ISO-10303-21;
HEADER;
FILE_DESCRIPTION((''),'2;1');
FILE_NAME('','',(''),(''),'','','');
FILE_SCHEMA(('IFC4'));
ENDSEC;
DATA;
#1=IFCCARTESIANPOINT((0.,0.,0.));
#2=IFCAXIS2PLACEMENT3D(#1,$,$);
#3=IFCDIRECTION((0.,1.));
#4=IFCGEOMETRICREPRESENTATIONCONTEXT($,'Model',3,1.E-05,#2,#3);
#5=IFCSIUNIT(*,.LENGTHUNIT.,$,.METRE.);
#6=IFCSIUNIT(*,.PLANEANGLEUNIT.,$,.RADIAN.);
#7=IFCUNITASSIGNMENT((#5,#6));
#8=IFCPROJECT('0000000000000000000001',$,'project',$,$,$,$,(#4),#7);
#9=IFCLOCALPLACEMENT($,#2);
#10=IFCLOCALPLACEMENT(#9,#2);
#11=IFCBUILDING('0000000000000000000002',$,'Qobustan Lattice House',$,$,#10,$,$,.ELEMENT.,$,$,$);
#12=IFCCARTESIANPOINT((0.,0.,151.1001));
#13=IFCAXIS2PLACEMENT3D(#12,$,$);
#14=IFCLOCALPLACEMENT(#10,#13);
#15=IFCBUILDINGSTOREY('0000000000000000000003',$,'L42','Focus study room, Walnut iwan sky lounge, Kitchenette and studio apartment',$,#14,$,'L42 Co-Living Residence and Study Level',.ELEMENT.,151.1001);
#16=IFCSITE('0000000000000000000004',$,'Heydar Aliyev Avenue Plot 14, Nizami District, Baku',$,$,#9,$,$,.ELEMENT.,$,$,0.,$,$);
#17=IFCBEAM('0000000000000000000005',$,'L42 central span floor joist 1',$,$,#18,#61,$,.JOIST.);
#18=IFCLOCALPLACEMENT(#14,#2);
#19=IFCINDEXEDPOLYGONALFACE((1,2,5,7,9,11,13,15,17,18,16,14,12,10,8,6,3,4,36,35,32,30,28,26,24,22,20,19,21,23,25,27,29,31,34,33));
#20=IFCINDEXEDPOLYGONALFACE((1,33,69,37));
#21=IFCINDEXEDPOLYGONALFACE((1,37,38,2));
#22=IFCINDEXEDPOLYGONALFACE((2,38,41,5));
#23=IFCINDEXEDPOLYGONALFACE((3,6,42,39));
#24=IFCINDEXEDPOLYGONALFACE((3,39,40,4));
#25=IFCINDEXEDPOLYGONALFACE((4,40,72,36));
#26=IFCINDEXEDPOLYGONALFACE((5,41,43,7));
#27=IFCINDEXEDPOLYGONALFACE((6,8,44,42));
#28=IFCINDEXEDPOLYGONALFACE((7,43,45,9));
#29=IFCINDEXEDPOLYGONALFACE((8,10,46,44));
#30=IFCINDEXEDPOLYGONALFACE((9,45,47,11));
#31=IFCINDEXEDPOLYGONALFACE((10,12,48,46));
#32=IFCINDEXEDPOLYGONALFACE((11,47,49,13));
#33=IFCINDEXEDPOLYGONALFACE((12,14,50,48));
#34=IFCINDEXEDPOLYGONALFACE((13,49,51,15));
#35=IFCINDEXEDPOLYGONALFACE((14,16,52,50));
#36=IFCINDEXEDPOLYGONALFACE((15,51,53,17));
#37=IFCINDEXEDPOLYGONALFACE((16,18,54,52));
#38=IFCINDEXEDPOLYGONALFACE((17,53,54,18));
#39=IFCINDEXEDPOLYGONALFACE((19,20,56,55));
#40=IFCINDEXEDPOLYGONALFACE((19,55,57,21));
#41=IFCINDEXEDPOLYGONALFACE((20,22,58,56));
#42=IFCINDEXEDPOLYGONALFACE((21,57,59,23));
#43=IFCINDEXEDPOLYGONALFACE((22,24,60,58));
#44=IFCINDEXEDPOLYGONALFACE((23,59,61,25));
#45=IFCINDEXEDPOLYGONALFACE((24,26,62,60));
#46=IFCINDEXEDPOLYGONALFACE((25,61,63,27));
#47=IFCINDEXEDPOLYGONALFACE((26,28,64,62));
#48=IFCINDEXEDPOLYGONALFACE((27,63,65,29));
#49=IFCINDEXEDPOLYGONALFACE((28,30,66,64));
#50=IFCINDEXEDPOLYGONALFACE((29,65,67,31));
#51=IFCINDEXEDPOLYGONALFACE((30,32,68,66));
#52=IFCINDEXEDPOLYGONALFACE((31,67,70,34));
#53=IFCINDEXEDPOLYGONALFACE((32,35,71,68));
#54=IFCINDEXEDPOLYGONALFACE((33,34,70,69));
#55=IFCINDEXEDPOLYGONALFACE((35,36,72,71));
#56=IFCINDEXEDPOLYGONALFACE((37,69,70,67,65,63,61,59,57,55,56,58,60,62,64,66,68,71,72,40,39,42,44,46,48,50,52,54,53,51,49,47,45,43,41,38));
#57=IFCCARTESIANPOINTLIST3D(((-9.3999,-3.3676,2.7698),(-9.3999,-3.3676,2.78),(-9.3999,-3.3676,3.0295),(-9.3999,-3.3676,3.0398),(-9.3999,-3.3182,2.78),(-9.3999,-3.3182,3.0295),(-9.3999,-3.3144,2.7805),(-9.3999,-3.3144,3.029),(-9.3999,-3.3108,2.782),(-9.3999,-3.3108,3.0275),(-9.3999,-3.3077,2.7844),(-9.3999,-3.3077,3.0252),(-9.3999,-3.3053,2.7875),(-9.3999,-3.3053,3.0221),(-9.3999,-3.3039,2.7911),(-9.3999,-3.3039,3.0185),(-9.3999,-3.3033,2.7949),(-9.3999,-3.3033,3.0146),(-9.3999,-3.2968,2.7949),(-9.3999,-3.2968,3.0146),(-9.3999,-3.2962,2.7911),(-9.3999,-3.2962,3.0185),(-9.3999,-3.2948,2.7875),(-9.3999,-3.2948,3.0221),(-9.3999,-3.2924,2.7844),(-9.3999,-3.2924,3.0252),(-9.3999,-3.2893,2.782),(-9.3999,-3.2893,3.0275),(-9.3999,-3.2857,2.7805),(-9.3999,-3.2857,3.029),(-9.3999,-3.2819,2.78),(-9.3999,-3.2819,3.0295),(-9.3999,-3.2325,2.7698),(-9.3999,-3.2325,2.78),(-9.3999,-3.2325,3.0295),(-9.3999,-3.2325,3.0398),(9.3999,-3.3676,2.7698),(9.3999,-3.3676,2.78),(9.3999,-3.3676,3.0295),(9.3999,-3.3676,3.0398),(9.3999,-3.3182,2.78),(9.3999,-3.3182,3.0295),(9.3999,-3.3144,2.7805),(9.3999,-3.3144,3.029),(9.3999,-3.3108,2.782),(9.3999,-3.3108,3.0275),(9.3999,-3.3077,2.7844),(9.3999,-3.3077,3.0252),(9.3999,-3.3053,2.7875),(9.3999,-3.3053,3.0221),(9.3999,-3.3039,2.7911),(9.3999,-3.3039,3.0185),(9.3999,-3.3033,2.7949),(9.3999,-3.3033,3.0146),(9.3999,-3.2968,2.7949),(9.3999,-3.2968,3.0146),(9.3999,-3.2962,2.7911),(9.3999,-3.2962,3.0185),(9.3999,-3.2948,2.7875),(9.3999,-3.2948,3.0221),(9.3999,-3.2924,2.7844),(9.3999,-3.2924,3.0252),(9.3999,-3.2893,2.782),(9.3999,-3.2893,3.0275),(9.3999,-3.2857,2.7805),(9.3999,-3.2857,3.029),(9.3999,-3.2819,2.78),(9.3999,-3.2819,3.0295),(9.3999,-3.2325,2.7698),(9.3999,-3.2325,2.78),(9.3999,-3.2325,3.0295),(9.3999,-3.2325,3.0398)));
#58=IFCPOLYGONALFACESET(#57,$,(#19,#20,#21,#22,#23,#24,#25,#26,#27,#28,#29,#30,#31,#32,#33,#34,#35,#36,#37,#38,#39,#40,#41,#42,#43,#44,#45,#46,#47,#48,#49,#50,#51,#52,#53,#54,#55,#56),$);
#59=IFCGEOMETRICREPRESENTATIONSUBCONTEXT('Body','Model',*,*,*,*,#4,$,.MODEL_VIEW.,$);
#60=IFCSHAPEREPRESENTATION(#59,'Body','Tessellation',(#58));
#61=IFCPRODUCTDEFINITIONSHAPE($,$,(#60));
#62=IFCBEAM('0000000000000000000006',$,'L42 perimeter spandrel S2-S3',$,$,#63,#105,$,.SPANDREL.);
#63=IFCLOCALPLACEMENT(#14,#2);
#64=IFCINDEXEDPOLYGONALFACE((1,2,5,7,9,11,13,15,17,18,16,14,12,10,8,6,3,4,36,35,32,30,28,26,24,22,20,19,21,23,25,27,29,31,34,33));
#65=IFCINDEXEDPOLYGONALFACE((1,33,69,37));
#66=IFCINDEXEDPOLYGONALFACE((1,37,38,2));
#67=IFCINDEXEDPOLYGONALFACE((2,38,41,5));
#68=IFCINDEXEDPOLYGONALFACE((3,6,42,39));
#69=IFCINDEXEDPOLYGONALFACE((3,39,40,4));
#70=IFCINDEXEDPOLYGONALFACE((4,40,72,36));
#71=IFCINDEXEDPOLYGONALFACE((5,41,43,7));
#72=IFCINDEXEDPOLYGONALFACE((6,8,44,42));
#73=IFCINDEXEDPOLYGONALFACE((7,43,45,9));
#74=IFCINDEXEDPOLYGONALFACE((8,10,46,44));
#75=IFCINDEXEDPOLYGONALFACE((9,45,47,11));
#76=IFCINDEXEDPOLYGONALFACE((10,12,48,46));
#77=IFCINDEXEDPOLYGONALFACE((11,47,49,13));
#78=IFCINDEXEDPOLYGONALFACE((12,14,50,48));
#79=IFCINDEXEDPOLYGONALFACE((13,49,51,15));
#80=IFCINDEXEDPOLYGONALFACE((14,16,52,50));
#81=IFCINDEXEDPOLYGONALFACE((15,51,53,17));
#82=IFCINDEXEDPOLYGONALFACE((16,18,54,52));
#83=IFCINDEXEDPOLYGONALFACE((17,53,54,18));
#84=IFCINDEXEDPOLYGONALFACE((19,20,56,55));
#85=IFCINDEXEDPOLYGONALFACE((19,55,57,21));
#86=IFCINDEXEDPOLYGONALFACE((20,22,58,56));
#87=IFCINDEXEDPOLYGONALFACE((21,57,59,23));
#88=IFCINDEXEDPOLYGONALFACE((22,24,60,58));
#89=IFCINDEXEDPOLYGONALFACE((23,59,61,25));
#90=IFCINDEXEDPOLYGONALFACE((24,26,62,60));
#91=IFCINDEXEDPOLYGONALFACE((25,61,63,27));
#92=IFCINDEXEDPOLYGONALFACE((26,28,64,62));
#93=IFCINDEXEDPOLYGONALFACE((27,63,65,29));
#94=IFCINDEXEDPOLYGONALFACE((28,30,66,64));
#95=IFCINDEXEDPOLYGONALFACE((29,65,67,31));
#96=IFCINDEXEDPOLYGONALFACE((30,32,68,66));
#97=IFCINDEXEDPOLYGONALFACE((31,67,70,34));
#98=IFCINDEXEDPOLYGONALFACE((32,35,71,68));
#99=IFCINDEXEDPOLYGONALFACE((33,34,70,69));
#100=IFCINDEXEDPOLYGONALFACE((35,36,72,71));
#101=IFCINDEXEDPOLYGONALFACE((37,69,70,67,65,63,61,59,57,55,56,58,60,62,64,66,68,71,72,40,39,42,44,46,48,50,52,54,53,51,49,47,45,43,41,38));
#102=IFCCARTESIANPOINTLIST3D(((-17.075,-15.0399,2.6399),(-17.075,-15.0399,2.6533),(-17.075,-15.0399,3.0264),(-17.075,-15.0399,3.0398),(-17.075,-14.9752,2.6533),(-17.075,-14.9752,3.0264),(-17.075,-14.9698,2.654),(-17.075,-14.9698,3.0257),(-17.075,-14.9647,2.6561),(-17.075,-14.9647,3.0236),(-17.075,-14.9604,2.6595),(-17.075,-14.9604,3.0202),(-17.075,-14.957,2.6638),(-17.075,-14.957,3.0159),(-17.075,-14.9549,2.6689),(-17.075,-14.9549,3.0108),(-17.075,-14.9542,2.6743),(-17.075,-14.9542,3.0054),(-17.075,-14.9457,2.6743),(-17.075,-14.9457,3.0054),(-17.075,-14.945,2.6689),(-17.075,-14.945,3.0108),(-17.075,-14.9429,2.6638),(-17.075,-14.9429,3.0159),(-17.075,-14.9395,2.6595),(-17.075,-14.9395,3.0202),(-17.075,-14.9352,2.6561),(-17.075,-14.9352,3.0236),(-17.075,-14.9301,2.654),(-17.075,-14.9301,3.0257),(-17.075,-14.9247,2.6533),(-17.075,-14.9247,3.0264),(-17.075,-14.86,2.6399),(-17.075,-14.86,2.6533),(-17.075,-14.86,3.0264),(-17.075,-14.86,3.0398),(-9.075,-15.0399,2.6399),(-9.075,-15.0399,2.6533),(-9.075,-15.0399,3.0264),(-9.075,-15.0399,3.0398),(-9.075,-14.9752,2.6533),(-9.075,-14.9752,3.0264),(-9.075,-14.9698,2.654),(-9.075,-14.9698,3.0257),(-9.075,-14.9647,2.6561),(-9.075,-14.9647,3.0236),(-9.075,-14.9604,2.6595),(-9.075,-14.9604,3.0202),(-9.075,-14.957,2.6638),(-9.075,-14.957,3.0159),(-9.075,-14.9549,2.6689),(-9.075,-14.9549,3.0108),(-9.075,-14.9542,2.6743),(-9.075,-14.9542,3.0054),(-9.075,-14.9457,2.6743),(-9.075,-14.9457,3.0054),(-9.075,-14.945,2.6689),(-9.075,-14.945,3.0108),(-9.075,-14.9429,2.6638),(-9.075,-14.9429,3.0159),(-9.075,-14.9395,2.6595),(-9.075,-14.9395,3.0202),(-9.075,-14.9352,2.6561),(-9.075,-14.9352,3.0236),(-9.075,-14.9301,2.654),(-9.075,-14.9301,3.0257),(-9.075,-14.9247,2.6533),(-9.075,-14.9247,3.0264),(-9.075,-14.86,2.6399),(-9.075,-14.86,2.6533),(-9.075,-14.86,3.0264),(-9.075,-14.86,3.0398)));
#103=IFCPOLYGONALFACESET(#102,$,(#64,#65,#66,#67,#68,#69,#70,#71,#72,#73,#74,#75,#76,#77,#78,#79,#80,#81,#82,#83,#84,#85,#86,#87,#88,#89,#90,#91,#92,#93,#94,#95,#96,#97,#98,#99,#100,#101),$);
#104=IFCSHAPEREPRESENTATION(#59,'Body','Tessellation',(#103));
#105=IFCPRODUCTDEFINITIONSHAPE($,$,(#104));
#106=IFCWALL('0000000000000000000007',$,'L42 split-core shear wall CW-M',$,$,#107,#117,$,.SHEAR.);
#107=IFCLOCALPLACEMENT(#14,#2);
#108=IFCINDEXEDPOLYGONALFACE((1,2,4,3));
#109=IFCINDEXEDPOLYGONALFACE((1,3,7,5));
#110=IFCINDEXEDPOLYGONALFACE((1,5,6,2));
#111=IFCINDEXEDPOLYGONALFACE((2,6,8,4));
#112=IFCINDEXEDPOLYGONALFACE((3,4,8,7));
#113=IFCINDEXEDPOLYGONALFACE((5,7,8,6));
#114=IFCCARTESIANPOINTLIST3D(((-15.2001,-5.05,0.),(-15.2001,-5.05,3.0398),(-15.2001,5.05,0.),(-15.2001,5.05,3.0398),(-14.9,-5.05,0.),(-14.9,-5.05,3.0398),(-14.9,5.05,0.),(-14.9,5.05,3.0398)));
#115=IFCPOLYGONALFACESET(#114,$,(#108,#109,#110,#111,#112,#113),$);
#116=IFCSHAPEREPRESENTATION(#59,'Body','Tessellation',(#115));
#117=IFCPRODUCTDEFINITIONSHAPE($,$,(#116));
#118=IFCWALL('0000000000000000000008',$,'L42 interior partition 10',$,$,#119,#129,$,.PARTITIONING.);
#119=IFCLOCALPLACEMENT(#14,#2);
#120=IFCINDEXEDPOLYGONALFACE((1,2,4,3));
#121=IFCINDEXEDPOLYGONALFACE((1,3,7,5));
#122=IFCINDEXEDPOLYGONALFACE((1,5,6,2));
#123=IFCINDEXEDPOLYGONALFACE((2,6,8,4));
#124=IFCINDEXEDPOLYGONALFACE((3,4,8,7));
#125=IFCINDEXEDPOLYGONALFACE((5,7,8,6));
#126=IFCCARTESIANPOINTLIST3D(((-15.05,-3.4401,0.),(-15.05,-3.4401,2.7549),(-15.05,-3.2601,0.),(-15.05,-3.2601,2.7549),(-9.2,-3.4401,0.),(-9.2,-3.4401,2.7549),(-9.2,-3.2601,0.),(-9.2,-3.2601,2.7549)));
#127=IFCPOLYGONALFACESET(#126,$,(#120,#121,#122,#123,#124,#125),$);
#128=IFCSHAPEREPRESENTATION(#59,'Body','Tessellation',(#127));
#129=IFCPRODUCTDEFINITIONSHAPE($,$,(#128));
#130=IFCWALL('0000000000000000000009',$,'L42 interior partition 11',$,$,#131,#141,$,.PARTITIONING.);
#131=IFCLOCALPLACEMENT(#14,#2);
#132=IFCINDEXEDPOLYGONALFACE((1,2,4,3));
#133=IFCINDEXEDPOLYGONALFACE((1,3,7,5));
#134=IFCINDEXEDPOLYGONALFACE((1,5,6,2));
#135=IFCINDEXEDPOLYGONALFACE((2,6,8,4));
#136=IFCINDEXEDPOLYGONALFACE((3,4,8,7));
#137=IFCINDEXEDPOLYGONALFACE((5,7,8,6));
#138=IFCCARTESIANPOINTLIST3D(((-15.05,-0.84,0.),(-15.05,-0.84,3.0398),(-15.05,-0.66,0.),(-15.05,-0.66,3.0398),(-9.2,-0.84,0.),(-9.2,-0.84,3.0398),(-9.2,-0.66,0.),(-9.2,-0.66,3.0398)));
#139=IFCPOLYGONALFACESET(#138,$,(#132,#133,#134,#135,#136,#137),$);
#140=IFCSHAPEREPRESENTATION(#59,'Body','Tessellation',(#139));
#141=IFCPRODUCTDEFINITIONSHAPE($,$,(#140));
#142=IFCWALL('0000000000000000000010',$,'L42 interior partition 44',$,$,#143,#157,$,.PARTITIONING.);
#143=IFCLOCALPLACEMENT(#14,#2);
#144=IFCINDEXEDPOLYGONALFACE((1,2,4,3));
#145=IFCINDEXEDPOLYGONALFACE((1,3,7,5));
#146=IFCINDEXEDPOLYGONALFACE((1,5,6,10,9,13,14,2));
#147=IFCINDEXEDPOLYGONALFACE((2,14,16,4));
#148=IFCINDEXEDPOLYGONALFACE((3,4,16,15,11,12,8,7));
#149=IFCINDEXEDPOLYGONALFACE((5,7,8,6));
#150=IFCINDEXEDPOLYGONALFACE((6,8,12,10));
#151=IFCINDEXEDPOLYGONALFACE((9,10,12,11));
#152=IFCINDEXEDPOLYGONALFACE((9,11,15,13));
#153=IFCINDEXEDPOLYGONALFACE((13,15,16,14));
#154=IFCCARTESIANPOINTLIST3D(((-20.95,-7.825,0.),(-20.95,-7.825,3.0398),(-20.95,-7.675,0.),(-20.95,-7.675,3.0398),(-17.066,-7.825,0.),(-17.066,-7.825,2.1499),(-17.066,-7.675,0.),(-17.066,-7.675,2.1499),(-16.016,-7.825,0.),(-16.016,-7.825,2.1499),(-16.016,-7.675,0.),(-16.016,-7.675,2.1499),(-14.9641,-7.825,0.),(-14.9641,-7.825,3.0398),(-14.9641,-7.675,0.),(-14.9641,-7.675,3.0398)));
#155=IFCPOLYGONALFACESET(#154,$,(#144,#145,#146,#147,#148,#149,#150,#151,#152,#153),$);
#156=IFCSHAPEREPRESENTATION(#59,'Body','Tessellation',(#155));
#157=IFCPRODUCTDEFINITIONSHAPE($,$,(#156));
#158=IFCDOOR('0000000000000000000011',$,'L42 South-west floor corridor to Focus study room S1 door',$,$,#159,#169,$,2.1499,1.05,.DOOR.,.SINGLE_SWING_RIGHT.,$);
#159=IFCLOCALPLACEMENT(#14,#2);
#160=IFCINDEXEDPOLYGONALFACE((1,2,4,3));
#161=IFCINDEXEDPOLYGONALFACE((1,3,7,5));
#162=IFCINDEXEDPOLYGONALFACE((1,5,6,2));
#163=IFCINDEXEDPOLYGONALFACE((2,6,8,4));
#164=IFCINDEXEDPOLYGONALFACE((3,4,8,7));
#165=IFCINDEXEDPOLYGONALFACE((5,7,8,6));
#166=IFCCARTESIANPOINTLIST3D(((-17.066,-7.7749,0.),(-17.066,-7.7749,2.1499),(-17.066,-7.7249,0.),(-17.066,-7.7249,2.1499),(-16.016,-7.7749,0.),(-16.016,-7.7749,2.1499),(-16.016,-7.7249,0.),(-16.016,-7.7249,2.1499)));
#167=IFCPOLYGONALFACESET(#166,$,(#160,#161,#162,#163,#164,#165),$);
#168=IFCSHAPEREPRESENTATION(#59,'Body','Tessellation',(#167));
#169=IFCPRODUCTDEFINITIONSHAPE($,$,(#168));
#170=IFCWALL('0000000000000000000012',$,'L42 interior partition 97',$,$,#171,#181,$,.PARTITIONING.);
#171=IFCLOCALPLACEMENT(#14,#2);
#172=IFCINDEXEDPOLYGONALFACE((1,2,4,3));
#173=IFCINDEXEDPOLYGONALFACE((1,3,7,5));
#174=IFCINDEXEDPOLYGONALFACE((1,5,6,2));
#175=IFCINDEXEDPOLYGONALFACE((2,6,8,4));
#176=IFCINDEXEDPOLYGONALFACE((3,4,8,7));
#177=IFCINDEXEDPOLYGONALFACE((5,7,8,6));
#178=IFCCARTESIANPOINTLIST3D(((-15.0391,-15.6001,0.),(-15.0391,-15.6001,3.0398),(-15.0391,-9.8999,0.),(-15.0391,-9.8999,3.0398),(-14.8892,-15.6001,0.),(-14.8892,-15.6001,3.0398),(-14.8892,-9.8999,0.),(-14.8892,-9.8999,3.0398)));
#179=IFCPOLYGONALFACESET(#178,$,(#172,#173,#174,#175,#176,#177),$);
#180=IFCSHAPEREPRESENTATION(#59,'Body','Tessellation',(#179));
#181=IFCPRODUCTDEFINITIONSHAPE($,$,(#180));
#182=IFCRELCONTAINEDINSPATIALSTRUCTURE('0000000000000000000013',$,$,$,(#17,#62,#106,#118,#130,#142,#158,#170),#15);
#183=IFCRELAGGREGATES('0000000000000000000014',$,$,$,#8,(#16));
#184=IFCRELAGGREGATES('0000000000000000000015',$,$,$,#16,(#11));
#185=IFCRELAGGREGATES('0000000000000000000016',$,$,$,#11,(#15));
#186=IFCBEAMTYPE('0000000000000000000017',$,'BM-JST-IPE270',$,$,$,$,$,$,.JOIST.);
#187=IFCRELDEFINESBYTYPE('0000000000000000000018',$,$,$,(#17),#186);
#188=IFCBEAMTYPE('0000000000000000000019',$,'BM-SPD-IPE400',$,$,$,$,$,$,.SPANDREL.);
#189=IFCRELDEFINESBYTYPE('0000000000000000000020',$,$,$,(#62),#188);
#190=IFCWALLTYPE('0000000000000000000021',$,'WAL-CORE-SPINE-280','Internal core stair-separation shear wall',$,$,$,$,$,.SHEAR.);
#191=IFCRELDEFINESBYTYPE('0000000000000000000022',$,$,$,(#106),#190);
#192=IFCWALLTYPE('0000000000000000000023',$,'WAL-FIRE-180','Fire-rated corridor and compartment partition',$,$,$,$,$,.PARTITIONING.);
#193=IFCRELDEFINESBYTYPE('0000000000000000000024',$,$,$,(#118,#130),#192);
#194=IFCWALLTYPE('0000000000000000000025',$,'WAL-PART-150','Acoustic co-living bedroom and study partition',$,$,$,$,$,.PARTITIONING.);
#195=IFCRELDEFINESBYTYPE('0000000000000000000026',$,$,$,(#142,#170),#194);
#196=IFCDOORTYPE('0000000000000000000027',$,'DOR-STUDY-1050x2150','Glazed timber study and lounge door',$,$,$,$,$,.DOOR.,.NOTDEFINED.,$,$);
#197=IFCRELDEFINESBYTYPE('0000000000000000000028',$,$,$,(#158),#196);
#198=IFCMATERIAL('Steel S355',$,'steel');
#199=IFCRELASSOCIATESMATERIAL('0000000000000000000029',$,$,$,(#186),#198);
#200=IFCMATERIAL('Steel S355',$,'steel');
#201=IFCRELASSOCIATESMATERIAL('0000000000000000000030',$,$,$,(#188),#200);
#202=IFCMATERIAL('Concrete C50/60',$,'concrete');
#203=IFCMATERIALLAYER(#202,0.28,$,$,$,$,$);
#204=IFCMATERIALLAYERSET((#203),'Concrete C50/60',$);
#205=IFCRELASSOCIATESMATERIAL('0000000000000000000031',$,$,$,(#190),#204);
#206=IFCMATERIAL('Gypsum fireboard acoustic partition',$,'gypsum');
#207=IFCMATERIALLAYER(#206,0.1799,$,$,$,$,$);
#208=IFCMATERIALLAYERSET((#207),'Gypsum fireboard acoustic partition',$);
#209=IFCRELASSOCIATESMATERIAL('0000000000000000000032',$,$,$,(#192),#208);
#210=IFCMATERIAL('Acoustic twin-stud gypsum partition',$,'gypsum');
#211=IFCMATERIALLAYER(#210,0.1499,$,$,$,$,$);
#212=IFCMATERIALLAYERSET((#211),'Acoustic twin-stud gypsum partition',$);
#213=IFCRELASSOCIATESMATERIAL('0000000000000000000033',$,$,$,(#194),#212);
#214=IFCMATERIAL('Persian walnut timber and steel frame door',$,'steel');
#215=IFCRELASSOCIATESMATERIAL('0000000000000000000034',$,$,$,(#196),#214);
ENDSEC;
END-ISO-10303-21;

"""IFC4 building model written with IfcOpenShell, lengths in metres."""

from ifc_helpers import new_model, si_unit, direction, frame, frame_2d, origin, origin_2d, place, context, subcontext, project, spatial, rectangle, i_section, extrude, material, layer, layer_set, material_profile, profile_set, type_object, element, fill, save


model = new_model("IFC4")

# Units and contexts
model_context = context("Model", 3, precision=1e-05, world=origin(), true_north=direction((0.0, 1.0)))
body_context = subcontext(model_context, "Body", "Model", "MODEL_VIEW")
ifc_project = project(units=[si_unit("LENGTHUNIT", "METRE"), si_unit("PLANEANGLEUNIT", "RADIAN")], contexts=[model_context])

# Site, building, storey
site_placement = place(None, origin())
site = spatial("IfcSite", under=ifc_project, at=site_placement, Name="Heydar Aliyev Avenue Plot 14, Nizami District, Baku", CompositionType="ELEMENT", RefElevation=0.0)
building_placement = place(site_placement, origin())
building = spatial("IfcBuilding", under=site, at=building_placement, Name="Qobustan Lattice House", CompositionType="ELEMENT")
storey_placement = place(building_placement, frame((0.0, 0.0, 151.1001)))
storey = spatial("IfcBuildingStorey", under=building, at=storey_placement, Name="L42", Description="Focus study room, Walnut iwan sky lounge, Kitchenette and studio apartment", LongName="L42 Co-Living Residence and Study Level", CompositionType="ELEMENT", Elevation=151.1001)

# Beams
ifc_material_1 = material(Name="Steel S355", Category="steel")
ifc_material_profile_1 = material_profile(ifc_material_1, i_section(OverallWidth=0.135, OverallDepth=0.27, WebThickness=0.0066, FlangeThickness=0.0103, FilletRadius=0.0149, at=origin_2d()), Name="IPE270")
ifc_profile_set_1 = profile_set([ifc_material_profile_1], Name="Steel S355")
beam_type_1 = type_object("IfcBeamType", Name="BM-JST-IPE270", PredefinedType="JOIST", material=ifc_profile_set_1)
beam_1_placement = place(storey_placement, frame((-9.3999, -3.3, 2.9048), z_axis=(1.0, 0.0, 0.0), x_axis=(0.0, 1.0, 0.0)))
element("IfcBeam", 1, at=beam_1_placement, inside=storey, type_object=beam_type_1, Name="L42 central span floor joist 1", PredefinedType="JOIST", context=body_context, shape_type="SweptSolid", body=[
    extrude(i_section(OverallWidth=0.135, OverallDepth=0.27, WebThickness=0.0066, FlangeThickness=0.0103, FilletRadius=0.0149, at=origin_2d()), origin(), (0.0, 0.0, 1.0), 18.7998),
])
ifc_material_2 = material(Name="Steel S355", Category="steel")
ifc_material_profile_2 = material_profile(ifc_material_2, i_section(OverallWidth=0.1799, OverallDepth=0.3999, WebThickness=0.0085, FlangeThickness=0.0134, FilletRadius=0.021, at=origin_2d()), Name="IPE400")
ifc_profile_set_2 = profile_set([ifc_material_profile_2], Name="Steel S355")
beam_type_2 = type_object("IfcBeamType", Name="BM-SPD-IPE400", PredefinedType="SPANDREL", material=ifc_profile_set_2)
beam_2_placement = place(storey_placement, frame((-17.075, -14.95, 2.8398), z_axis=(1.0, 0.0, 0.0), x_axis=(0.0, 1.0, 0.0)))
element("IfcBeam", 2, at=beam_2_placement, inside=storey, type_object=beam_type_2, Name="L42 perimeter spandrel S2-S3", PredefinedType="SPANDREL", context=body_context, shape_type="SweptSolid", body=[
    extrude(i_section(OverallWidth=0.1799, OverallDepth=0.3999, WebThickness=0.0085, FlangeThickness=0.0134, FilletRadius=0.021, at=origin_2d()), origin(), (0.0, 0.0, 1.0), 8.0),
])

# Walls
ifc_material_3 = material(Name="Concrete C50/60", Category="concrete")
ifc_layer_1 = layer(ifc_material_3, 0.28)
ifc_layer_set_1 = layer_set([ifc_layer_1], Name="Concrete C50/60")
wall_type_1 = type_object("IfcWallType", Name="WAL-CORE-SPINE-280", Description="Internal core stair-separation shear wall", PredefinedType="SHEAR", material=ifc_layer_set_1)
wall_1_placement = place(storey_placement, frame((-15.05, -5.05, 0.0), z_axis=(0.0, 0.0, 1.0), x_axis=(0.0, 1.0, 0.0)))
element("IfcWall", 3, at=wall_1_placement, inside=storey, type_object=wall_type_1, Name="L42 split-core shear wall CW-M", PredefinedType="SHEAR", context=body_context, shape_type="SweptSolid", body=[
    extrude(rectangle(XDim=10.1001, YDim=0.3, at=frame_2d((5.05, 0.0))), origin(), (0.0, 0.0, 1.0), 3.0398),
])
ifc_material_4 = material(Name="Gypsum fireboard acoustic partition", Category="gypsum")
ifc_layer_2 = layer(ifc_material_4, 0.1799)
ifc_layer_set_2 = layer_set([ifc_layer_2], Name="Gypsum fireboard acoustic partition")
wall_type_2 = type_object("IfcWallType", Name="WAL-FIRE-180", Description="Fire-rated corridor and compartment partition", PredefinedType="PARTITIONING", material=ifc_layer_set_2)
wall_2_placement = place(storey_placement, frame((-15.05, -3.3501, 0.0), z_axis=(0.0, 0.0, 1.0), x_axis=(1.0, 0.0, 0.0)))
element("IfcWall", 4, at=wall_2_placement, inside=storey, type_object=wall_type_2, Name="L42 interior partition 10", PredefinedType="PARTITIONING", context=body_context, shape_type="SweptSolid", body=[
    extrude(rectangle(XDim=5.8501, YDim=0.1799, at=frame_2d((2.925, 0.0))), origin(), (0.0, 0.0, 1.0), 2.7549),
])
wall_3_placement = place(storey_placement, frame((-9.2, -0.75, 0.0), z_axis=(0.0, 0.0, 1.0), x_axis=(-1.0, 0.0, 0.0)))
element("IfcWall", 5, at=wall_3_placement, inside=storey, type_object=wall_type_2, Name="L42 interior partition 11", PredefinedType="PARTITIONING", context=body_context, shape_type="SweptSolid", body=[
    extrude(rectangle(XDim=5.8501, YDim=0.1799, at=frame_2d((2.925, 0.0))), origin(), (0.0, 0.0, 1.0), 3.0398),
])

# Wall, opening, door
ifc_material_5 = material(Name="Acoustic twin-stud gypsum partition", Category="gypsum")
ifc_layer_3 = layer(ifc_material_5, 0.1499)
ifc_layer_set_3 = layer_set([ifc_layer_3], Name="Acoustic twin-stud gypsum partition")
wall_type_3 = type_object("IfcWallType", Name="WAL-PART-150", Description="Acoustic co-living bedroom and study partition", PredefinedType="PARTITIONING", material=ifc_layer_set_3)
wall_4_placement = place(storey_placement, frame((-14.9641, -7.75, 0.0), z_axis=(0.0, 0.0, 1.0), x_axis=(-1.0, 0.0, 0.0)))
wall_4 = element("IfcWall", 6, at=wall_4_placement, inside=storey, type_object=wall_type_3, Name="L42 interior partition 44", PredefinedType="PARTITIONING", context=body_context, shape_type="SweptSolid", body=[
    extrude(rectangle(XDim=5.9858, YDim=0.1499, at=frame_2d((2.9929, 0.0))), origin(), (0.0, 0.0, 1.0), 3.0398),
])
opening_1_placement = place(wall_4_placement, frame((1.052, 0.0, 0.0)))
opening_1 = element("IfcOpeningElement", 7, at=opening_1_placement, cuts=wall_4, PredefinedType="OPENING", context=body_context, shape_type="SweptSolid", body=[
    extrude(rectangle(XDim=1.05, YDim=2.1499, at=frame_2d((0.5249, 1.075))), frame((0.0, 0.085, 0.0), z_axis=(0.0, -1.0, 0.0), x_axis=(1.0, 0.0, 0.0)), (0.0, 0.0, 1.0), 0.1699),
])
ifc_material_6 = material(Name="Persian walnut timber and steel frame door", Category="steel")
door_type_1 = type_object("IfcDoorType", Name="DOR-STUDY-1050x2150", Description="Glazed timber study and lounge door", OperationType="NOTDEFINED", PredefinedType="DOOR", material=ifc_material_6)
door_1_placement = place(opening_1_placement, origin())
door_1 = element("IfcDoor", 8, at=door_1_placement, inside=storey, type_object=door_type_1, Name="L42 South-west floor corridor to Focus study room S1 door", OperationType="SINGLE_SWING_RIGHT", OverallHeight=2.1499, OverallWidth=1.05, PredefinedType="DOOR", context=body_context, shape_type="SweptSolid", body=[
    extrude(rectangle(XDim=1.05, YDim=2.1499, at=frame_2d((0.5249, 1.075))), frame((0.0, 0.0249, 0.0), z_axis=(0.0, -1.0, 0.0), x_axis=(1.0, 0.0, 0.0)), (0.0, 0.0, 1.0), 0.05),
])
fill(opening_1, door_1)

# Wall
wall_5_placement = place(storey_placement, frame((-14.9641, -9.8999, 0.0), z_axis=(0.0, 0.0, 1.0), x_axis=(0.0, -1.0, 0.0)))
element("IfcWall", 9, at=wall_5_placement, inside=storey, type_object=wall_type_3, Name="L42 interior partition 97", PredefinedType="PARTITIONING", context=body_context, shape_type="SweptSolid", body=[
    extrude(rectangle(XDim=5.7002, YDim=0.1499, at=frame_2d((2.8501, 0.0))), origin(), (0.0, 0.0, 1.0), 3.0398),
])

save(model, "model.ifc")
